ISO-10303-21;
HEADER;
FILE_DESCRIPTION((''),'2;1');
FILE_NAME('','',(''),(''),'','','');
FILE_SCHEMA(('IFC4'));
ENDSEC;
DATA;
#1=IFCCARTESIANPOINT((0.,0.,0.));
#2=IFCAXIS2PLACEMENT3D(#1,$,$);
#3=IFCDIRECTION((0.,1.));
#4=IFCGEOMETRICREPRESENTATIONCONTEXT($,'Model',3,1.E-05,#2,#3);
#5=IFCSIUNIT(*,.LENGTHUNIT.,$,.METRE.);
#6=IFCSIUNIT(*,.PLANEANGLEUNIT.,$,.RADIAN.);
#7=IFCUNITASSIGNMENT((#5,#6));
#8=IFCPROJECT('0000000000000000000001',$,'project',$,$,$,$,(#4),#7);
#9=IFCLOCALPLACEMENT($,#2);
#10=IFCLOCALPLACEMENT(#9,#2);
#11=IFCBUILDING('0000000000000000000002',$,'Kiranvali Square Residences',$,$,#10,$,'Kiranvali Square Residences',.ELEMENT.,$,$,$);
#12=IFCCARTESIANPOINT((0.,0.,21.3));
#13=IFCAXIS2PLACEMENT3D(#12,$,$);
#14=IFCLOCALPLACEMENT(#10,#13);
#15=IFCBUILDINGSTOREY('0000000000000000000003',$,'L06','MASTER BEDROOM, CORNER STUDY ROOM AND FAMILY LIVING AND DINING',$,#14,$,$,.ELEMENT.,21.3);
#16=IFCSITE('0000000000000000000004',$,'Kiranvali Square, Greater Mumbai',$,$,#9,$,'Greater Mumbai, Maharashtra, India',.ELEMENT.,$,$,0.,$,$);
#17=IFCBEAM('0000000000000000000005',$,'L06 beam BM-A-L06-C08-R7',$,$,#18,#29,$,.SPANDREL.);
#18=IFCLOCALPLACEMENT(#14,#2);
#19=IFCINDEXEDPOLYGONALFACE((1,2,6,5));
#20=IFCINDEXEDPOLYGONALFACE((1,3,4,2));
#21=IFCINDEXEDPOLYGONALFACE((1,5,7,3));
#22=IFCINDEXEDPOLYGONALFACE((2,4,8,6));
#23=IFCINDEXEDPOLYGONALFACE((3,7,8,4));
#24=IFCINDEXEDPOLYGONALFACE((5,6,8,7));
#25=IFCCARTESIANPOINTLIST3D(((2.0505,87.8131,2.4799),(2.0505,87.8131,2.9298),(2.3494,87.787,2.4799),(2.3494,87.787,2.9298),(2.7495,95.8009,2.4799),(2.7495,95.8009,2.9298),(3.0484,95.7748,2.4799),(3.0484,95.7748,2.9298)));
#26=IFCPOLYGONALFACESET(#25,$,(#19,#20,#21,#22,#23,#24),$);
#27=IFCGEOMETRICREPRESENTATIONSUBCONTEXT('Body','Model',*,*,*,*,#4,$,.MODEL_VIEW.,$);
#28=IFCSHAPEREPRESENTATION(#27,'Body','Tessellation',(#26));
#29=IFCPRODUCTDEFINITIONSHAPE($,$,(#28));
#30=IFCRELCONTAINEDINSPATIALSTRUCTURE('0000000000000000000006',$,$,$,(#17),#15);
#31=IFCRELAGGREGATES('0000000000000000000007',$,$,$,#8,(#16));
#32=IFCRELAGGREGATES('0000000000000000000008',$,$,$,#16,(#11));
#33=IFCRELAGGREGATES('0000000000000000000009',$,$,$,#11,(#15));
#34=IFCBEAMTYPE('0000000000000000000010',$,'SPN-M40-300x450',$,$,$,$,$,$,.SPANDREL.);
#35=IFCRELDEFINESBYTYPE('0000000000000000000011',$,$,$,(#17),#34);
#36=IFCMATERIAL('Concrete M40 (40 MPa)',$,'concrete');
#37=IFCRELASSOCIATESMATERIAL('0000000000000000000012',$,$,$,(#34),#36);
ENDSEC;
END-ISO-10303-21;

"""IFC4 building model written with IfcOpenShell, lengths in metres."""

from ifc_helpers import new_model, si_unit, direction, frame, origin, origin_2d, place, context, subcontext, project, spatial, rectangle, extrude, material, material_profile, profile_set, type_object, element, save


model = new_model("IFC4")

# Units and contexts
model_context = context("Model", 3, precision=1e-05, world=origin(), true_north=direction((0.0, 1.0)))
body_context = subcontext(model_context, "Body", "Model", "MODEL_VIEW")
ifc_project = project(units=[si_unit("LENGTHUNIT", "METRE"), si_unit("PLANEANGLEUNIT", "RADIAN")], contexts=[model_context])

# Site, building, storey
site_placement = place(None, origin())
site = spatial("IfcSite", under=ifc_project, at=site_placement, Name="Kiranvali Square, Greater Mumbai", LongName="Greater Mumbai, Maharashtra, India", CompositionType="ELEMENT", RefElevation=0.0)
building_placement = place(site_placement, origin())
building = spatial("IfcBuilding", under=site, at=building_placement, Name="Kiranvali Square Residences", LongName="Kiranvali Square Residences", CompositionType="ELEMENT")
storey_placement = place(building_placement, frame((0.0, 0.0, 21.3)))
storey = spatial("IfcBuildingStorey", under=building, at=storey_placement, Name="L06", Description="MASTER BEDROOM, CORNER STUDY ROOM AND FAMILY LIVING AND DINING", CompositionType="ELEMENT", Elevation=21.3)

# Beam
ifc_material_1 = material(Name="Concrete M40 (40 MPa)", Category="concrete")
ifc_material_profile_1 = material_profile(ifc_material_1, rectangle(XDim=0.3, YDim=0.45, at=origin_2d()), Name="RC 300x450")
ifc_profile_set_1 = profile_set([ifc_material_profile_1], Name="Concrete M40 (40 MPa)")
beam_type_1 = type_object("IfcBeamType", Name="SPN-M40-300x450", PredefinedType="SPANDREL", material=ifc_profile_set_1)
for number, where, z_axis, x_axis, name in (
    (1, (2.8989, 95.7878, 2.7048), (-0.087172, -0.996193, 0.0), (0.996193, -0.087172, 0.0), "L06 beam BM-A-L06-C08-R7"),
):
    element("IfcBeam", number, at=place(storey_placement, frame(where, z_axis=z_axis, x_axis=x_axis)), inside=storey, type_object=beam_type_1, Name=name, PredefinedType="SPANDREL", context=body_context, shape_type="SweptSolid", body=[
        extrude(rectangle(XDim=0.3, YDim=0.45, at=origin_2d()), origin(), (0.0, 0.0, 1.0), 8.0183),
    ])

save(model, "model.ifc")
